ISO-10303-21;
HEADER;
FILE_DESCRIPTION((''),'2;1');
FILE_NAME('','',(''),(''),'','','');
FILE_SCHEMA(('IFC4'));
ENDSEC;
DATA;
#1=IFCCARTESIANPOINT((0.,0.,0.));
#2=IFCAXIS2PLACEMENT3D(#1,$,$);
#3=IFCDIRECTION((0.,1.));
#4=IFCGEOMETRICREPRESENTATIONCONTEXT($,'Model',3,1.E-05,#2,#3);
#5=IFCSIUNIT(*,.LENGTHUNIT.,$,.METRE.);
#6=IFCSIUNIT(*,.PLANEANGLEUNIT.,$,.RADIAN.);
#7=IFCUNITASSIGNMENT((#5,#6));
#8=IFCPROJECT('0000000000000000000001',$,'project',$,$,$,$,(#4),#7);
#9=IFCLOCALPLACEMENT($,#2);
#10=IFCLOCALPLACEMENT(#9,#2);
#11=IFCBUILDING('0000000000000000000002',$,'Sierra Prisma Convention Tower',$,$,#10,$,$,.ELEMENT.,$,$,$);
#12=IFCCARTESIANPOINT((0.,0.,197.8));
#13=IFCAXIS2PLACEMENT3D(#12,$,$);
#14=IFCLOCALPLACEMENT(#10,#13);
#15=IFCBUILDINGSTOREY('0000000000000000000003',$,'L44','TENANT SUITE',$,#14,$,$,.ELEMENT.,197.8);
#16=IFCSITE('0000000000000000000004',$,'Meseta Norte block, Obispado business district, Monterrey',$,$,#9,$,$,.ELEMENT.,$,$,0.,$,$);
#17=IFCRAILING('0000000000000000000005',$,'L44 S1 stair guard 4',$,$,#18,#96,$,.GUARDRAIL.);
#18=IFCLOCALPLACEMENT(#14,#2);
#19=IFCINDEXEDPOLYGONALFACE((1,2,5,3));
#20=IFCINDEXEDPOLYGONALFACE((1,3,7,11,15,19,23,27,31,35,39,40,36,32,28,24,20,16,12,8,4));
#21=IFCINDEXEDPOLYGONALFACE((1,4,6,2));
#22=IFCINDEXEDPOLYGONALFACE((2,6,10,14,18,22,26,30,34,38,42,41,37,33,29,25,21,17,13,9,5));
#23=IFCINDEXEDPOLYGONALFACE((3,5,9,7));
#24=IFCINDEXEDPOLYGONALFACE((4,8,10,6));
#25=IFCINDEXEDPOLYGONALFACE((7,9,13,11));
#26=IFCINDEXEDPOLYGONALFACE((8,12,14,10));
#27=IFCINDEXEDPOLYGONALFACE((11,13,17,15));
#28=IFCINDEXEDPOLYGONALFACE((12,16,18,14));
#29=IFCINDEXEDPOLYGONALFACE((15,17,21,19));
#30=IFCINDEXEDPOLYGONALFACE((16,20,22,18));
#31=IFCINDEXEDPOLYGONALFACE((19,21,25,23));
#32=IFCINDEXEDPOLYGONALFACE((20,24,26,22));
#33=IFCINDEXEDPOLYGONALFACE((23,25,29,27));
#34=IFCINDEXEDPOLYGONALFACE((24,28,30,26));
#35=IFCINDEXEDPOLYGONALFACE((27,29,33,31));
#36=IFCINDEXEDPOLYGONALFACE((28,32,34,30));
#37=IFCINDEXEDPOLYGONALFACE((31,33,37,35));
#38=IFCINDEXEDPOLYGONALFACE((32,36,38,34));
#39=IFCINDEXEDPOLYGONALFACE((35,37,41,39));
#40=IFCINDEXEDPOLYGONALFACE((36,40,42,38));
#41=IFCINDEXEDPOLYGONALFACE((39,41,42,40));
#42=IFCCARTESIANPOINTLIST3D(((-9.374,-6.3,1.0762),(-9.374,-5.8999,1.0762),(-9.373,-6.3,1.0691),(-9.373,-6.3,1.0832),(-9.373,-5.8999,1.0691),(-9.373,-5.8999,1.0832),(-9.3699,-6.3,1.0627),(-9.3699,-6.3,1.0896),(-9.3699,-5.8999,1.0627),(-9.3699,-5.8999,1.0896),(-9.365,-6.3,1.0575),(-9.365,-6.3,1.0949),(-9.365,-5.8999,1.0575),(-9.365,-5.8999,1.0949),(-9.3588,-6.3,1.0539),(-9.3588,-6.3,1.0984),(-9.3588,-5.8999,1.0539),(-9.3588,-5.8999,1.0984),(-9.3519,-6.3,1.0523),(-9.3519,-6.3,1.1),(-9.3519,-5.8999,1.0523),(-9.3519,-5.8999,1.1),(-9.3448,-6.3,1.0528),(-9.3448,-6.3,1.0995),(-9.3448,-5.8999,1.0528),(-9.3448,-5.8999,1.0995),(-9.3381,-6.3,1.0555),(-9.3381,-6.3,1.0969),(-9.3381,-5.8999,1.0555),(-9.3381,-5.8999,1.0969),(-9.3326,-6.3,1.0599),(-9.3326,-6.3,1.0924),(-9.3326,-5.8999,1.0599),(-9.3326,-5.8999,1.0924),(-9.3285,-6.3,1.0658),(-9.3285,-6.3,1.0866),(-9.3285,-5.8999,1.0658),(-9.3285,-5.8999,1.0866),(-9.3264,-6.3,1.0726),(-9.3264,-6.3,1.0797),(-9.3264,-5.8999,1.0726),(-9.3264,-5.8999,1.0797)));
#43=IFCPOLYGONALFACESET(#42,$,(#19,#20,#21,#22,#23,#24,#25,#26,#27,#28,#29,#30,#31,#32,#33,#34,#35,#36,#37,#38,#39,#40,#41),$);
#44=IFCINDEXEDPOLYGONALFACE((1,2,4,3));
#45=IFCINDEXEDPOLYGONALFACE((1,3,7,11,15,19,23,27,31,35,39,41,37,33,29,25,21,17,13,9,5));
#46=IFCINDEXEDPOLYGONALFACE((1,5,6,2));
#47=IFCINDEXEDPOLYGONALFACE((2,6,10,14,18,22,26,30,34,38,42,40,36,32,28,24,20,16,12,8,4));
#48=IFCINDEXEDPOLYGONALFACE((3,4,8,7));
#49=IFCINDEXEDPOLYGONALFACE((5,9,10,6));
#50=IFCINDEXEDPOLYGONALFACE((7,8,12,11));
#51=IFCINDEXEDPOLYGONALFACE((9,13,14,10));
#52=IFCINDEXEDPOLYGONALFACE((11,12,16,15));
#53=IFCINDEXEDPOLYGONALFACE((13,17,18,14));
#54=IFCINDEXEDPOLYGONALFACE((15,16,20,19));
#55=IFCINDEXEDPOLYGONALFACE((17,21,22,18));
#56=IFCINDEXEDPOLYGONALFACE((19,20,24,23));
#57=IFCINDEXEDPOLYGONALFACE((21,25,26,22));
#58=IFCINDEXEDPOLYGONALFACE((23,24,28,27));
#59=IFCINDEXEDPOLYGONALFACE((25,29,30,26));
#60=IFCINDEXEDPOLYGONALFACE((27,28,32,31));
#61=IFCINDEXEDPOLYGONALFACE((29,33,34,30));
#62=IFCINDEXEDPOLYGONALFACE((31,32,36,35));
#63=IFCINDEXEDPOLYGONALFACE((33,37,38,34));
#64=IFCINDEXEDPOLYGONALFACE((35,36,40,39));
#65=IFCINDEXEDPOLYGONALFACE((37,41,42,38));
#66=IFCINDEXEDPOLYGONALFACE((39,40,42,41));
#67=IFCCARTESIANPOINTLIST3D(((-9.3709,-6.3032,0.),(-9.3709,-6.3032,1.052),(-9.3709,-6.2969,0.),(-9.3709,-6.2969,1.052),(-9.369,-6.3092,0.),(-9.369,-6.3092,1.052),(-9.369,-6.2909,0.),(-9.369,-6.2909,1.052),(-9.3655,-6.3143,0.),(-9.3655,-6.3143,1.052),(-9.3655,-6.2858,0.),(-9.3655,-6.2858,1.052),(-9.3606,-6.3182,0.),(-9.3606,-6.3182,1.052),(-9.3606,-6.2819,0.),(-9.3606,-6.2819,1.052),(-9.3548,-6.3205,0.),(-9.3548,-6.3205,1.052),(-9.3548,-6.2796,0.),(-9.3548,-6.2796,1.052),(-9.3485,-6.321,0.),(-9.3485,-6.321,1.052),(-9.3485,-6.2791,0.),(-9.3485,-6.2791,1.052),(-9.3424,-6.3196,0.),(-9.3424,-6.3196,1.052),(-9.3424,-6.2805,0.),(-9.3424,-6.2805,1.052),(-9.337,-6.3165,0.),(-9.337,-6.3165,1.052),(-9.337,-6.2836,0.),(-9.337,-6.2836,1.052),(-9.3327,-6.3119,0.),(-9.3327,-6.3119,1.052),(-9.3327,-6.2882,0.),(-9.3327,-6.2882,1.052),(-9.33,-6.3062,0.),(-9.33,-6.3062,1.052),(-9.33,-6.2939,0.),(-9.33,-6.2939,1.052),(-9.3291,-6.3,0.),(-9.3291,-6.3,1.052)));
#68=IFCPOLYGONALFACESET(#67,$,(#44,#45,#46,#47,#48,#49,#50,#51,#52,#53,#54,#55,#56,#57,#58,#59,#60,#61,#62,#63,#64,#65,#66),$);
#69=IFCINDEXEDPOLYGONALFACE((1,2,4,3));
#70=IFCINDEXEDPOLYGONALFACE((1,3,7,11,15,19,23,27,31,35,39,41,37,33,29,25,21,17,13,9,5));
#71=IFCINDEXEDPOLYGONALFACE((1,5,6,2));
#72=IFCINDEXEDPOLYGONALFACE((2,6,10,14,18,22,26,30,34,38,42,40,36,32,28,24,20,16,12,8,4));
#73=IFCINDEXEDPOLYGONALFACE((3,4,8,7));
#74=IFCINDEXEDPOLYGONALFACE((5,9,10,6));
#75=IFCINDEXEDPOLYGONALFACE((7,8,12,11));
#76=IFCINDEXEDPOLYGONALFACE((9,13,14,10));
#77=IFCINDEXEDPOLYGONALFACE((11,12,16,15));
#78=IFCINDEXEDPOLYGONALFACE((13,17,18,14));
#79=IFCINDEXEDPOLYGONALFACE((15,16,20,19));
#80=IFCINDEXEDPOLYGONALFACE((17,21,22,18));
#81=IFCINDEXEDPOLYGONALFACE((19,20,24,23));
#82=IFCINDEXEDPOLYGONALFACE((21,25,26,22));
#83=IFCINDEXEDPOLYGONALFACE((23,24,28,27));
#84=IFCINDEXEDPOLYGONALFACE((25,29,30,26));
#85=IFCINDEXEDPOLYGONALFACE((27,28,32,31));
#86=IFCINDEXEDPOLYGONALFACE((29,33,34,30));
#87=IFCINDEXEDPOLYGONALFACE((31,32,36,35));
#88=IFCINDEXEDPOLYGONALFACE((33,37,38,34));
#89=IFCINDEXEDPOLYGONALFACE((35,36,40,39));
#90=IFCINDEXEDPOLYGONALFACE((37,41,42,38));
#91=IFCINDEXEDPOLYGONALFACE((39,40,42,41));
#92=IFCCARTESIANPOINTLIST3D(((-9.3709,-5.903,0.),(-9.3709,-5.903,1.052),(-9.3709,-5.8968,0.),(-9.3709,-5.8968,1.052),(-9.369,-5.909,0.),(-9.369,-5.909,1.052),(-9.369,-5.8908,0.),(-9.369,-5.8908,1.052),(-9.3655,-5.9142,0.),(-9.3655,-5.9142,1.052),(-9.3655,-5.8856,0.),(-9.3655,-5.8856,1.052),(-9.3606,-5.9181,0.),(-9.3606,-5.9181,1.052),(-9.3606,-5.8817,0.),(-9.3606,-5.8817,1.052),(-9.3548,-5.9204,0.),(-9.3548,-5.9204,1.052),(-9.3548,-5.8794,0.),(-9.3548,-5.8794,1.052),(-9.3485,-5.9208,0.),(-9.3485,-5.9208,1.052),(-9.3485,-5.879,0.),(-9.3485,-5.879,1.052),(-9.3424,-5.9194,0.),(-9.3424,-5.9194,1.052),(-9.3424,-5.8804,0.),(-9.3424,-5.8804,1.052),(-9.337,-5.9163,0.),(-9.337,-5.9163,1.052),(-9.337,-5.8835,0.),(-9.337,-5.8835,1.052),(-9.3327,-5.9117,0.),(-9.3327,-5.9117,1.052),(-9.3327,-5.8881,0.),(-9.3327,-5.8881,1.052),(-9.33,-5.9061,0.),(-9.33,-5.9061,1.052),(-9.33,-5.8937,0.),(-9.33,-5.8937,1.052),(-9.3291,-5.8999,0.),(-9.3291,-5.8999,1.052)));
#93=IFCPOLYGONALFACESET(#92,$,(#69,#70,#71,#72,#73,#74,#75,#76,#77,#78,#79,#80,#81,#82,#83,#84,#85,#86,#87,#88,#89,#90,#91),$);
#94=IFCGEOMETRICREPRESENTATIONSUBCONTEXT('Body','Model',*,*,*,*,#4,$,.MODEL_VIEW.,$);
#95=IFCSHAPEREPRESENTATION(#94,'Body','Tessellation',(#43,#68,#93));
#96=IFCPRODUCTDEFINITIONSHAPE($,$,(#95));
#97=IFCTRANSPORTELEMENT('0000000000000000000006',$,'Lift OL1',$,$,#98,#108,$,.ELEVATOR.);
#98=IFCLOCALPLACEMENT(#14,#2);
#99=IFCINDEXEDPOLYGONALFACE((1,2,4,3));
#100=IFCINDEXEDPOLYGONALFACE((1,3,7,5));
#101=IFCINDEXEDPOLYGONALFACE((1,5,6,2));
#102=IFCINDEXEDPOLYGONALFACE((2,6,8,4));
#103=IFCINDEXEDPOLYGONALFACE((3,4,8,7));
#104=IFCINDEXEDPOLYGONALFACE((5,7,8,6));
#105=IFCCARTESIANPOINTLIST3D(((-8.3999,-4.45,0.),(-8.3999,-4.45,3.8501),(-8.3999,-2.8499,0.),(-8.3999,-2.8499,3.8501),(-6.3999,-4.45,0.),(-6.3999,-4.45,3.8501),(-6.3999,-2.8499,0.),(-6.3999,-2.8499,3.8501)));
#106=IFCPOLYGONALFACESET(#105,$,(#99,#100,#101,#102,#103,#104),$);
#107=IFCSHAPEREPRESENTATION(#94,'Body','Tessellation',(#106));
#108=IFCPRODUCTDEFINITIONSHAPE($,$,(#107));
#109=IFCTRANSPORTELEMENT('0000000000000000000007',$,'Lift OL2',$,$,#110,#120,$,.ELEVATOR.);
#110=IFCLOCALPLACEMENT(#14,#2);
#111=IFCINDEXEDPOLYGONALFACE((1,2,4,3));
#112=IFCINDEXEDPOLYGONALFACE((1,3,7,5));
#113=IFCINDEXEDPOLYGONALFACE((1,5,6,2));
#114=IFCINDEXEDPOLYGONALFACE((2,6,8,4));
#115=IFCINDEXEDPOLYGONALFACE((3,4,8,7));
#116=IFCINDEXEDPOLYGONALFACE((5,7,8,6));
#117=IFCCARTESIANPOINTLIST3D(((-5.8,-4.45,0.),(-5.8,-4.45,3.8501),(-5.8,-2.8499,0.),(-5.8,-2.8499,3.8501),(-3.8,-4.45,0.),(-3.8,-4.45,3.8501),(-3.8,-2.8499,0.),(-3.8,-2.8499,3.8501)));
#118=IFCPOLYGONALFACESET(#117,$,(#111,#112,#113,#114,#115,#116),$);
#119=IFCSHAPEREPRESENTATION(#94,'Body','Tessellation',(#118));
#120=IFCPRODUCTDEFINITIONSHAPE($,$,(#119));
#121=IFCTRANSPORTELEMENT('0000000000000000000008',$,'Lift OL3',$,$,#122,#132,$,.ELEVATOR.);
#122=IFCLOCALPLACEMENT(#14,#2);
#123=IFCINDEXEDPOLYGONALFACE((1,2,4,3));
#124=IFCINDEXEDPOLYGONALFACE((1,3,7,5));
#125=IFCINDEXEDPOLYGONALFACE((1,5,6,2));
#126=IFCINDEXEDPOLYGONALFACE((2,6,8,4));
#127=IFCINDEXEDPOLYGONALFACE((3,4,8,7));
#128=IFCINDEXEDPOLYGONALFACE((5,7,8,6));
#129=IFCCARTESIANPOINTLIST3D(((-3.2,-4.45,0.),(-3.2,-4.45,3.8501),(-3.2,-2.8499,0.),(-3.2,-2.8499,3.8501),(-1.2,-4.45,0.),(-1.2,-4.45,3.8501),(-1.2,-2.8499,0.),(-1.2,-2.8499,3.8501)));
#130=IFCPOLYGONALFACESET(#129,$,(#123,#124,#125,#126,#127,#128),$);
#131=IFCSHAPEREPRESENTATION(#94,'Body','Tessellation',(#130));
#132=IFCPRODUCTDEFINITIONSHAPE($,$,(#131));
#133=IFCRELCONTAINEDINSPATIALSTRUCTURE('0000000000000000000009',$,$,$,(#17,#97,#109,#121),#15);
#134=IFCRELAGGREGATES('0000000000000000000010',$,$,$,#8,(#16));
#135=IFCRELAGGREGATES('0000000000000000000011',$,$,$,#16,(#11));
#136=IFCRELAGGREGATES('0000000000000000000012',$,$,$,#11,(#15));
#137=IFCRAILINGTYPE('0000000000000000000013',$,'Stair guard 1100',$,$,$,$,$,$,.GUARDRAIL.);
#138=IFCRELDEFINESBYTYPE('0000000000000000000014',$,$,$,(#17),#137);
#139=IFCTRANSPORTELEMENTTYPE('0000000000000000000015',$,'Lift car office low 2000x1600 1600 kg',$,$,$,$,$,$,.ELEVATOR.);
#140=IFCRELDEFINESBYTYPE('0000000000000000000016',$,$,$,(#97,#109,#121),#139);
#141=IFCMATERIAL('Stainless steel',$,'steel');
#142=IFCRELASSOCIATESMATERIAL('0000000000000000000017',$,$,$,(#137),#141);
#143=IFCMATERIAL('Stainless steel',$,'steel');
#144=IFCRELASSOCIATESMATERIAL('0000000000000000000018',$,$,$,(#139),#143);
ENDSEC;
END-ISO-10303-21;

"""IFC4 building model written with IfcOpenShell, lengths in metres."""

from ifc_helpers import new_model, si_unit, direction, frame, origin, origin_2d, place, context, subcontext, project, spatial, rectangle, circle, extrude, material, type_object, element, save


model = new_model("IFC4")

# Units and contexts
model_context = context("Model", 3, precision=1e-05, world=origin(), true_north=direction((0.0, 1.0)))
body_context = subcontext(model_context, "Body", "Model", "MODEL_VIEW")
ifc_project = project(units=[si_unit("LENGTHUNIT", "METRE"), si_unit("PLANEANGLEUNIT", "RADIAN")], contexts=[model_context])

# Site, building, storey
site_placement = place(None, origin())
site = spatial("IfcSite", under=ifc_project, at=site_placement, Name="Meseta Norte block, Obispado business district, Monterrey", CompositionType="ELEMENT", RefElevation=0.0)
building_placement = place(site_placement, origin())
building = spatial("IfcBuilding", under=site, at=building_placement, Name="Sierra Prisma Convention Tower", CompositionType="ELEMENT")
storey_placement = place(building_placement, frame((0.0, 0.0, 197.8)))
storey = spatial("IfcBuildingStorey", under=building, at=storey_placement, Name="L44", Description="TENANT SUITE", CompositionType="ELEMENT", Elevation=197.8)

# Railing
ifc_material_1 = material(Name="Stainless steel", Category="steel")
railing_type_1 = type_object("IfcRailingType", Name="Stair guard 1100", PredefinedType="GUARDRAIL", material=ifc_material_1)
railing_1_placement = place(storey_placement, frame((-9.3501, -6.3, 0.0)))
element("IfcRailing", 1, at=railing_1_placement, inside=storey, type_object=railing_type_1, Name="L44 S1 stair guard 4", PredefinedType="GUARDRAIL", context=body_context, shape_type="SweptSolid", body=[
    extrude(circle(Radius=0.0239, at=origin_2d()), frame((0.0, 0.0, 1.0762), z_axis=(0.0, 1.0, 0.0), x_axis=(-1.0, 0.0, 0.0)), (0.0, 0.0, 1.0), 0.4001),
    extrude(circle(Radius=0.021, at=origin_2d()), origin(), (0.0, 0.0, 1.0), 1.052),
    extrude(circle(Radius=0.021, at=origin_2d()), frame((0.0, 0.4001, 0.0)), (0.0, 0.0, 1.0), 1.052),
])

# Transport elements
ifc_material_2 = material(Name="Stainless steel", Category="steel")
transport_element_type = type_object("IfcTransportElementType", Name="Lift car office low 2000x1600 1600 kg", PredefinedType="ELEVATOR", material=ifc_material_2)
for number, where, z_axis, x_axis, name in (
    (2, (-7.3999, -3.6499, 0.0), (0.0, 0.0, 1.0), (1.0, 0.0, 0.0), "Lift OL1"),
    (3, (-4.8, -3.6499, 0.0), (0.0, 0.0, 1.0), (1.0, 0.0, 0.0), "Lift OL2"),
    (4, (-2.2, -3.6499, 0.0), (0.0, 0.0, 1.0), (1.0, 0.0, 0.0), "Lift OL3"),
):
    element("IfcTransportElement", number, at=place(storey_placement, frame(where, z_axis=z_axis, x_axis=x_axis)), inside=storey, type_object=transport_element_type, Name=name, PredefinedType="ELEVATOR", context=body_context, shape_type="SweptSolid", body=[
        extrude(rectangle(XDim=2.0, YDim=1.6001, at=origin_2d()), origin(), (0.0, 0.0, 1.0), 3.8501),
    ])

save(model, "model.ifc")
